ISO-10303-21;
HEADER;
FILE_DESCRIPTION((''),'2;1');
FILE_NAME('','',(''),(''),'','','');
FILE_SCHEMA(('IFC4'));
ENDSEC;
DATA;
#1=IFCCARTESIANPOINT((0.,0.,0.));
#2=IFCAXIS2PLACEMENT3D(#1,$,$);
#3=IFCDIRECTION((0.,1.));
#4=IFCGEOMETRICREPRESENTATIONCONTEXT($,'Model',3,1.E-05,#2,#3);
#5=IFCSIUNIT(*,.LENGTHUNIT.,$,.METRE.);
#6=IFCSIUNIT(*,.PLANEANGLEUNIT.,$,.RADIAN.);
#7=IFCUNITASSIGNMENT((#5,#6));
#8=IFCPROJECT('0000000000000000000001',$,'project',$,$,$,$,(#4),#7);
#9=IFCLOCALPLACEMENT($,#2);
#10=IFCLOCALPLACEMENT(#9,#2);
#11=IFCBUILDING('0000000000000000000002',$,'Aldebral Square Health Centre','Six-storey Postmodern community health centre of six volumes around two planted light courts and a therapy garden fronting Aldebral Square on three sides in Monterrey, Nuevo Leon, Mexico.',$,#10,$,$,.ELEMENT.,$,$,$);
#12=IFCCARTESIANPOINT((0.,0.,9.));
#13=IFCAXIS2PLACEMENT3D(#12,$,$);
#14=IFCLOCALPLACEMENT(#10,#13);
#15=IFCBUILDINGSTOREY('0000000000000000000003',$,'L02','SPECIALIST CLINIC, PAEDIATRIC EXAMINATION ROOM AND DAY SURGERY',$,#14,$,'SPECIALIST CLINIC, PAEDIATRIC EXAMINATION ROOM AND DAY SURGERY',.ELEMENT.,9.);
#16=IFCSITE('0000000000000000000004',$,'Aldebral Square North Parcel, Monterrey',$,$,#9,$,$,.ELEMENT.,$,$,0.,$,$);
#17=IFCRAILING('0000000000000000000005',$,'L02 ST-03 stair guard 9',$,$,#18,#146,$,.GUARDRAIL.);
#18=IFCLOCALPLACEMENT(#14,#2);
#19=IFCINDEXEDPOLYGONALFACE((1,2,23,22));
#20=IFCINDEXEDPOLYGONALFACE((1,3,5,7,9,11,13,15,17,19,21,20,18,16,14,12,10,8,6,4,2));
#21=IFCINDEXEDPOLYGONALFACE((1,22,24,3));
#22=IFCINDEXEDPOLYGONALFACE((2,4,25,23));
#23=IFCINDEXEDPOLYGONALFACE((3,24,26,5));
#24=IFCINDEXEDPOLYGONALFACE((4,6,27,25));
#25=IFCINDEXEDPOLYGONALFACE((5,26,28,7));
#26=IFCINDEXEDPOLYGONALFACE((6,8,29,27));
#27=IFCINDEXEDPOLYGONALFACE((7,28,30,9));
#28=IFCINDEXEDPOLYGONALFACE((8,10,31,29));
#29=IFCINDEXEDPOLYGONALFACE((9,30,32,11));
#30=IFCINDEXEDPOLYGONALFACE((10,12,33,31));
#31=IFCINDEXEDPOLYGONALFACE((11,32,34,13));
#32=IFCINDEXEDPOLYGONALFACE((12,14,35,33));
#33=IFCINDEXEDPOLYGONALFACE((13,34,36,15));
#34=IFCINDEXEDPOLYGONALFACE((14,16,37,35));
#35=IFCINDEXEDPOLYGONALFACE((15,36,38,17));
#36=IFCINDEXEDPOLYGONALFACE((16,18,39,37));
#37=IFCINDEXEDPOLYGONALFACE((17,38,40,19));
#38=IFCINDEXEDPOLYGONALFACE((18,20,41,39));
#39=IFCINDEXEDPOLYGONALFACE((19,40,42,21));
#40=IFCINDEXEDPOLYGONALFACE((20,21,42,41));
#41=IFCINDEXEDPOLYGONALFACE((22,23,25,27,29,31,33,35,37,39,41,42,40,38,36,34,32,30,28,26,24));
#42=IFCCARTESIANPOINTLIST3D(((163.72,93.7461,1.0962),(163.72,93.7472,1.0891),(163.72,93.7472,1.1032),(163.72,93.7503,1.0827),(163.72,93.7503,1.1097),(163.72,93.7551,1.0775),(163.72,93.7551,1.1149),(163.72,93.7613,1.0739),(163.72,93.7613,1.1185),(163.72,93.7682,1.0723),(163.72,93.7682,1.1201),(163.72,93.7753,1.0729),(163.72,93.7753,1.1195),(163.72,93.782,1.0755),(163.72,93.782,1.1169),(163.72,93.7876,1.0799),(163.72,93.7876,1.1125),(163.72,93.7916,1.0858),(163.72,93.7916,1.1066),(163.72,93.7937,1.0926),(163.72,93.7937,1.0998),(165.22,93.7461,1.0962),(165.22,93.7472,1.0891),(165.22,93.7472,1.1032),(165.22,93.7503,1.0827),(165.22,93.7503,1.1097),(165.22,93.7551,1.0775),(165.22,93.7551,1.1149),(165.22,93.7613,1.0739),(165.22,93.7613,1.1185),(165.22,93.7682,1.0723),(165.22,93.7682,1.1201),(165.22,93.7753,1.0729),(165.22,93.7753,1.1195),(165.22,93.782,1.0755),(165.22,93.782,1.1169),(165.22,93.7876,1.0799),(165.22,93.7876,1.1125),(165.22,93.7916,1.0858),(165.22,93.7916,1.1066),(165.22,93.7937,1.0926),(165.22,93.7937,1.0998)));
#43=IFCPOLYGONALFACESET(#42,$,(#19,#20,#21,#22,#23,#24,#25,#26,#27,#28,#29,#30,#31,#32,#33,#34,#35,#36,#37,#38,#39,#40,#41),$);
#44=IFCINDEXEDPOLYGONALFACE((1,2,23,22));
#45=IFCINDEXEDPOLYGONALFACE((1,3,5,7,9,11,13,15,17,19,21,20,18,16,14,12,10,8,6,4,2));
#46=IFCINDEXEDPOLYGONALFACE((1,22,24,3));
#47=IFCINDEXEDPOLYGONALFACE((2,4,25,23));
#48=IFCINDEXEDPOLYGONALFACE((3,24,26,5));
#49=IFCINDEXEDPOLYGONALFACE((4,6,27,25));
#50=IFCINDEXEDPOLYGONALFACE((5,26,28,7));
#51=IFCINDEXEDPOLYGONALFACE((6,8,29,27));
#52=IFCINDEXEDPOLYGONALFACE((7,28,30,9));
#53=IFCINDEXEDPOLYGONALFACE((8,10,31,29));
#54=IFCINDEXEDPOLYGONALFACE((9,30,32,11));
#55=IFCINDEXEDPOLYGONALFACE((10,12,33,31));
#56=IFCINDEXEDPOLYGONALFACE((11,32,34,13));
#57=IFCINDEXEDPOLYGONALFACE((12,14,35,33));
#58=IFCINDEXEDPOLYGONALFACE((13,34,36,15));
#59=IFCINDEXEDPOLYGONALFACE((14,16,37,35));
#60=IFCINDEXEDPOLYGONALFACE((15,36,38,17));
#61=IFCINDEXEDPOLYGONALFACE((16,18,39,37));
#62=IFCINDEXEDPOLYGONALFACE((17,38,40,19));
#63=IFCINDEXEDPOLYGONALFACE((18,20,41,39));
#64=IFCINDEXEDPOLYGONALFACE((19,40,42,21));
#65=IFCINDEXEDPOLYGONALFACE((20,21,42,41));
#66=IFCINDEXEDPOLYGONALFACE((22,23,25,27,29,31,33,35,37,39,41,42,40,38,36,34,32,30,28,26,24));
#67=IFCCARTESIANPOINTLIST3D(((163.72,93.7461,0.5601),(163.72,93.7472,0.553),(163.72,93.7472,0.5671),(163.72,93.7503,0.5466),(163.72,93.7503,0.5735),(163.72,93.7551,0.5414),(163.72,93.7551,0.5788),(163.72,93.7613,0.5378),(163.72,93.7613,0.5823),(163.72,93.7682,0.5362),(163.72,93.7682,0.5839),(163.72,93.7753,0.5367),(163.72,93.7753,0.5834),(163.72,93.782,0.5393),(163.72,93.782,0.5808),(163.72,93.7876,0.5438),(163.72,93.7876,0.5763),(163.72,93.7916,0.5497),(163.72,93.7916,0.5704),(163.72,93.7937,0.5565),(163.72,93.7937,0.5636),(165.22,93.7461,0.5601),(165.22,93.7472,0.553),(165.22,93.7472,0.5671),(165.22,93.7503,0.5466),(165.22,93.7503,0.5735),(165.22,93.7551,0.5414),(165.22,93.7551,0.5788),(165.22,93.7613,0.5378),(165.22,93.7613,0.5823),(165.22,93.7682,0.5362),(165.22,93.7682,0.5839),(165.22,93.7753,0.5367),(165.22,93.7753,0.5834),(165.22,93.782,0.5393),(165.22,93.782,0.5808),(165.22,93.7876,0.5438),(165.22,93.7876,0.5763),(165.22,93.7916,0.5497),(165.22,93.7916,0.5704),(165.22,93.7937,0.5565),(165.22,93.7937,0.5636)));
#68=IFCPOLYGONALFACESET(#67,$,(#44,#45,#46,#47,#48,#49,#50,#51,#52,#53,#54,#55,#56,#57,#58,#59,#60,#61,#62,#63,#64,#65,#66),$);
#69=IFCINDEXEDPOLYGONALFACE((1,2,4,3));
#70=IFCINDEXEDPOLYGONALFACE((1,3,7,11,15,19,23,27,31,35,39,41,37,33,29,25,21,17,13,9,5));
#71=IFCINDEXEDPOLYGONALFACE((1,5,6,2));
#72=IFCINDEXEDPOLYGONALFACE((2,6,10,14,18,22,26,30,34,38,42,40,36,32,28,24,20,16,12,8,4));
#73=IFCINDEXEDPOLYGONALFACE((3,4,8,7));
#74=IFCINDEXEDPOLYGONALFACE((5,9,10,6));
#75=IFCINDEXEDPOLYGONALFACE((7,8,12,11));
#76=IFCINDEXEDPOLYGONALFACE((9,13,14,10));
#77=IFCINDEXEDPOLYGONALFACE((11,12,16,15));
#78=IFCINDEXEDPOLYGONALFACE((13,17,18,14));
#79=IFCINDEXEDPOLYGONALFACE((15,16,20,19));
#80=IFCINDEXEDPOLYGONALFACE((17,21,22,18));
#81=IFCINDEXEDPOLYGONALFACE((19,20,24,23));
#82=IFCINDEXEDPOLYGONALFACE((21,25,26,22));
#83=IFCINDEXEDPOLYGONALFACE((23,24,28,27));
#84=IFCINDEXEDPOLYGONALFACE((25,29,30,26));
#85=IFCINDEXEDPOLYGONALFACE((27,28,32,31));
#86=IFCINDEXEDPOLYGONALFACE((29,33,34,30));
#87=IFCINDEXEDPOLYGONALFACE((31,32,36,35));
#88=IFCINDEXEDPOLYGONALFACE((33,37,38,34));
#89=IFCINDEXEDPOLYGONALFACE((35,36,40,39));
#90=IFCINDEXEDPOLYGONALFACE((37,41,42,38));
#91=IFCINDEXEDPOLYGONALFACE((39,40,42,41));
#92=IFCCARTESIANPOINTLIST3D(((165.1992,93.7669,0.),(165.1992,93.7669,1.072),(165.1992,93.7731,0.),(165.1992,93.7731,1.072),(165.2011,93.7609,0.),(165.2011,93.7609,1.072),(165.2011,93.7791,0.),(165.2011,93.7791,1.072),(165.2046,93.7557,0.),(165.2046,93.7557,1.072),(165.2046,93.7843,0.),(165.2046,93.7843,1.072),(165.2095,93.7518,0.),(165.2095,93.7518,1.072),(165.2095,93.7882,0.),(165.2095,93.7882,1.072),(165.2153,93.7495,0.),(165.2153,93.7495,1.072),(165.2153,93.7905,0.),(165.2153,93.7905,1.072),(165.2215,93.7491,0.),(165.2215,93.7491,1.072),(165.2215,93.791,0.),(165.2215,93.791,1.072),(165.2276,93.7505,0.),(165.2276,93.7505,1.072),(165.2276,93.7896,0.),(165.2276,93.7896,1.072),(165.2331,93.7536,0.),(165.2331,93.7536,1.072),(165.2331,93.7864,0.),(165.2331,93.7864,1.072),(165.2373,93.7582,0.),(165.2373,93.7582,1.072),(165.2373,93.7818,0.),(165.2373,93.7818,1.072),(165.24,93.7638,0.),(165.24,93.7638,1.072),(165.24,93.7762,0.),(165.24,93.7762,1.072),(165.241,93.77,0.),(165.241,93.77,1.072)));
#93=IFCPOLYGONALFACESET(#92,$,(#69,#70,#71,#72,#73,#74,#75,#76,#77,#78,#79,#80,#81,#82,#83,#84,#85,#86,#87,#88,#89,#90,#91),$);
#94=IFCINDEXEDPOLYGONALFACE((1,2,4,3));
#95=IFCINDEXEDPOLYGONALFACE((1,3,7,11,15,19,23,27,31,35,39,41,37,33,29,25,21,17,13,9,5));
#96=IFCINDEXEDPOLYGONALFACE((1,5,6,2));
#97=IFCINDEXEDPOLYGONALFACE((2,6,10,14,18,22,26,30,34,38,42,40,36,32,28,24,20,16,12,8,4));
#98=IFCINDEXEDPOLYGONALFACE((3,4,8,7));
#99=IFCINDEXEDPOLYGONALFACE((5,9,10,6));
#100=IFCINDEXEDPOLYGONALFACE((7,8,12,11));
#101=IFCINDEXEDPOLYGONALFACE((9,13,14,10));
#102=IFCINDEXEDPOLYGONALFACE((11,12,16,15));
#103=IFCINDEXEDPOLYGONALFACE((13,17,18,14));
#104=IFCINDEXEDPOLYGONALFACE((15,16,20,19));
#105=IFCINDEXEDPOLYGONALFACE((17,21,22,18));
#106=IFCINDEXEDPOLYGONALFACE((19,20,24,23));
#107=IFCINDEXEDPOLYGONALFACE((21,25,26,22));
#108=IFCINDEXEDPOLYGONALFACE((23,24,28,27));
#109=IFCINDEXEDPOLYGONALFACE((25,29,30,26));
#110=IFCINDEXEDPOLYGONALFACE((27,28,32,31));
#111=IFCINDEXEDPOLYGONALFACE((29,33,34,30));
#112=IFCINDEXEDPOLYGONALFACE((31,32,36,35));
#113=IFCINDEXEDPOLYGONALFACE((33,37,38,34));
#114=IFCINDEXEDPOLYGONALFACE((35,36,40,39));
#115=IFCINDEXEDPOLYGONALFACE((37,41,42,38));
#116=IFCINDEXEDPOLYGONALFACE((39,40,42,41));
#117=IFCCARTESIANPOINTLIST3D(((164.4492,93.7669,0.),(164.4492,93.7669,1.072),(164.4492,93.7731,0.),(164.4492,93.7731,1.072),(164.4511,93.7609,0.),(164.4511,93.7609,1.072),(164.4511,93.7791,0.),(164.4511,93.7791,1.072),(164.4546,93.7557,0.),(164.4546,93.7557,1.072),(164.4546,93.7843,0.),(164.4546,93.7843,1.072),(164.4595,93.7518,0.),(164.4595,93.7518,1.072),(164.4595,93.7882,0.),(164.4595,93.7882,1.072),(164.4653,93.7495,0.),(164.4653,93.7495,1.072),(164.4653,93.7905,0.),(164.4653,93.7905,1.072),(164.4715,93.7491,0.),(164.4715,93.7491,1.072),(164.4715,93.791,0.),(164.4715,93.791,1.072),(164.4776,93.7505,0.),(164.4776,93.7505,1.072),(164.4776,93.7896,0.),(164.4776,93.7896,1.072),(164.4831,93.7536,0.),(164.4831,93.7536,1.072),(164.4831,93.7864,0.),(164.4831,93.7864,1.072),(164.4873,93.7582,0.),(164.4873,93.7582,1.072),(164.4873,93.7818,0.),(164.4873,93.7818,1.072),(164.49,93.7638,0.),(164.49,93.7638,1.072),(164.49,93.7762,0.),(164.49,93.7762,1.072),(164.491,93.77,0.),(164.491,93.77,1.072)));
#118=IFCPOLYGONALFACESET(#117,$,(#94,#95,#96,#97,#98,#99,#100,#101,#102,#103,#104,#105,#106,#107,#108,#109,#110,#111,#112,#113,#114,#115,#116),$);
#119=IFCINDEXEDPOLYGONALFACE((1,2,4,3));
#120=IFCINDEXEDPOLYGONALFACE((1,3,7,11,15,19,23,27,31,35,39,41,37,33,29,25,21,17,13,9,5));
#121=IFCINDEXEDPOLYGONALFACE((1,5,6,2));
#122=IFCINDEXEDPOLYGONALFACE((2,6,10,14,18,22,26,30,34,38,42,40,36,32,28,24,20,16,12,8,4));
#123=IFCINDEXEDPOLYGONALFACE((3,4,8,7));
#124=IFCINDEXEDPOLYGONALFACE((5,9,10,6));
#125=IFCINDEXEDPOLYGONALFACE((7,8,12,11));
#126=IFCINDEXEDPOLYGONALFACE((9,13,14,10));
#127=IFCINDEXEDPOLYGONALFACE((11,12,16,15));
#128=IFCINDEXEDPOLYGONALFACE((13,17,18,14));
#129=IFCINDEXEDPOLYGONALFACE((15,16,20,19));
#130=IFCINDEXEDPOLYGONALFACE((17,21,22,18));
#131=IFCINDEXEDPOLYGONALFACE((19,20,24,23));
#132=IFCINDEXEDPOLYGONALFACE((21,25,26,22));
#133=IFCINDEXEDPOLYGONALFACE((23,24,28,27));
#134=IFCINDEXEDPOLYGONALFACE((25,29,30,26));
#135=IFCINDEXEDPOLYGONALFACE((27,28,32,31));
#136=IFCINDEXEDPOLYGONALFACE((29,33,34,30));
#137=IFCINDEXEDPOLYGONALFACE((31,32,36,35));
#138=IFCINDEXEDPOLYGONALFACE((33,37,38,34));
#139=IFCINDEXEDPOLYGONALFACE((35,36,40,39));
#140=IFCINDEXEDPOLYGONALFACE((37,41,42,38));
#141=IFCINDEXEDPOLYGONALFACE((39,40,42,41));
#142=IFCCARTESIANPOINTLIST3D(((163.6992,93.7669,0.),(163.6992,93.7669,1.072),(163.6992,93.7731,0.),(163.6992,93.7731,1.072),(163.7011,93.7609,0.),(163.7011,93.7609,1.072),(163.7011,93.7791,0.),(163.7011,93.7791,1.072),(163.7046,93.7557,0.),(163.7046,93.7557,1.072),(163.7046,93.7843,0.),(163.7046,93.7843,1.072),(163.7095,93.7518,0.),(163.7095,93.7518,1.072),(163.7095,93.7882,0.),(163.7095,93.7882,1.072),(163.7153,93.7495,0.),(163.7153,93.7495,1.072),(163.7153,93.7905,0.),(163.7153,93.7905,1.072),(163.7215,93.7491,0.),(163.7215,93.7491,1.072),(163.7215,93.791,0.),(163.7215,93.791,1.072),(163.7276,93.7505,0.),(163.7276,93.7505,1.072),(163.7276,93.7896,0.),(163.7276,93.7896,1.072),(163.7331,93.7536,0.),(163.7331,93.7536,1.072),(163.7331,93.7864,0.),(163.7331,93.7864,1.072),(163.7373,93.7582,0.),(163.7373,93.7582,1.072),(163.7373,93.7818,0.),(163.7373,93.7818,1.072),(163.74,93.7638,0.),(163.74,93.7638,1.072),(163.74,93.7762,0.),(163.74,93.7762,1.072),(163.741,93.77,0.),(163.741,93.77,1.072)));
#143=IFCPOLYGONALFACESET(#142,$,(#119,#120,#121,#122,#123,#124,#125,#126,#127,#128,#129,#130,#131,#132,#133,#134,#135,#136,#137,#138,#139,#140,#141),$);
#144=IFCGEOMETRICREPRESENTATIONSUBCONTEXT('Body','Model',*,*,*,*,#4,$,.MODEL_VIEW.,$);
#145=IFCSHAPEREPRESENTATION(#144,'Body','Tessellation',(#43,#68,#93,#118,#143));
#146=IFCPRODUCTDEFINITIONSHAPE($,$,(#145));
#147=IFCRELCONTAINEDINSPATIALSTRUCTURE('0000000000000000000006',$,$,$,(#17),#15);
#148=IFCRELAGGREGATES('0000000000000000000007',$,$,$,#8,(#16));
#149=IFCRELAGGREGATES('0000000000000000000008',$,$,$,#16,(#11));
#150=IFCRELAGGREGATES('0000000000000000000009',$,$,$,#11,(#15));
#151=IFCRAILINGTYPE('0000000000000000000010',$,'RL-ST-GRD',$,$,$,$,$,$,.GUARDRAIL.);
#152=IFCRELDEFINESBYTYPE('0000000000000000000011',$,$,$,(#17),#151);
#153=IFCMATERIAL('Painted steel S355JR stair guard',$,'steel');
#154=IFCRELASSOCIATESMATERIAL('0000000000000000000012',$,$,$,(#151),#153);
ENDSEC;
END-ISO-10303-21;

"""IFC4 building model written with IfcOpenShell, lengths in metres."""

from ifc_helpers import new_model, si_unit, direction, frame, origin, origin_2d, place, context, subcontext, project, spatial, circle, extrude, material, type_object, element, save


model = new_model("IFC4")

# Units and contexts
model_context = context("Model", 3, precision=1e-05, world=origin(), true_north=direction((0.0, 1.0)))
body_context = subcontext(model_context, "Body", "Model", "MODEL_VIEW")
ifc_project = project(units=[si_unit("LENGTHUNIT", "METRE"), si_unit("PLANEANGLEUNIT", "RADIAN")], contexts=[model_context])

# Site, building, storey
site_placement = place(None, origin())
site = spatial("IfcSite", under=ifc_project, at=site_placement, Name="Aldebral Square North Parcel, Monterrey", CompositionType="ELEMENT", RefElevation=0.0)
building_placement = place(site_placement, origin())
building = spatial("IfcBuilding", under=site, at=building_placement, Name="Aldebral Square Health Centre", Description="Six-storey Postmodern community health centre of six volumes around two planted light courts and a therapy garden fronting Aldebral Square on three sides in Monterrey, Nuevo Leon, Mexico.", CompositionType="ELEMENT")
storey_placement = place(building_placement, frame((0.0, 0.0, 9.0)))
storey = spatial("IfcBuildingStorey", under=building, at=storey_placement, Name="L02", Description="SPECIALIST CLINIC, PAEDIATRIC EXAMINATION ROOM AND DAY SURGERY", LongName="SPECIALIST CLINIC, PAEDIATRIC EXAMINATION ROOM AND DAY SURGERY", CompositionType="ELEMENT", Elevation=9.0)

# Railing
ifc_material_1 = material(Name="Painted steel S355JR stair guard", Category="steel")
railing_type_1 = type_object("IfcRailingType", Name="RL-ST-GRD", PredefinedType="GUARDRAIL", material=ifc_material_1)
for number, where, name in (
    (1, (165.22, 93.77, 0.0), "L02 ST-03 stair guard 9"),
):
    element("IfcRailing", number, at=place(storey_placement, frame(where)), inside=storey, type_object=railing_type_1, Name=name, PredefinedType="GUARDRAIL", context=body_context, shape_type="SweptSolid", body=[
        extrude(circle(Radius=0.0239, at=origin_2d()), frame((0.0, 0.0, 1.0962), z_axis=(-1.0, 0.0, 0.0), x_axis=(0.0, -1.0, 0.0)), (0.0, 0.0, 1.0), 1.5),
        extrude(circle(Radius=0.0239, at=origin_2d()), frame((0.0, 0.0, 0.5601), z_axis=(-1.0, 0.0, 0.0), x_axis=(0.0, -1.0, 0.0)), (0.0, 0.0, 1.0), 1.5),
        extrude(circle(Radius=0.021, at=origin_2d()), origin(), (0.0, 0.0, 1.0), 1.072),
        extrude(circle(Radius=0.021, at=origin_2d()), frame((-0.75, 0.0, 0.0)), (0.0, 0.0, 1.0), 1.072),
        extrude(circle(Radius=0.021, at=origin_2d()), frame((-1.5, 0.0, 0.0)), (0.0, 0.0, 1.0), 1.072),
    ])

save(model, "model.ifc")
